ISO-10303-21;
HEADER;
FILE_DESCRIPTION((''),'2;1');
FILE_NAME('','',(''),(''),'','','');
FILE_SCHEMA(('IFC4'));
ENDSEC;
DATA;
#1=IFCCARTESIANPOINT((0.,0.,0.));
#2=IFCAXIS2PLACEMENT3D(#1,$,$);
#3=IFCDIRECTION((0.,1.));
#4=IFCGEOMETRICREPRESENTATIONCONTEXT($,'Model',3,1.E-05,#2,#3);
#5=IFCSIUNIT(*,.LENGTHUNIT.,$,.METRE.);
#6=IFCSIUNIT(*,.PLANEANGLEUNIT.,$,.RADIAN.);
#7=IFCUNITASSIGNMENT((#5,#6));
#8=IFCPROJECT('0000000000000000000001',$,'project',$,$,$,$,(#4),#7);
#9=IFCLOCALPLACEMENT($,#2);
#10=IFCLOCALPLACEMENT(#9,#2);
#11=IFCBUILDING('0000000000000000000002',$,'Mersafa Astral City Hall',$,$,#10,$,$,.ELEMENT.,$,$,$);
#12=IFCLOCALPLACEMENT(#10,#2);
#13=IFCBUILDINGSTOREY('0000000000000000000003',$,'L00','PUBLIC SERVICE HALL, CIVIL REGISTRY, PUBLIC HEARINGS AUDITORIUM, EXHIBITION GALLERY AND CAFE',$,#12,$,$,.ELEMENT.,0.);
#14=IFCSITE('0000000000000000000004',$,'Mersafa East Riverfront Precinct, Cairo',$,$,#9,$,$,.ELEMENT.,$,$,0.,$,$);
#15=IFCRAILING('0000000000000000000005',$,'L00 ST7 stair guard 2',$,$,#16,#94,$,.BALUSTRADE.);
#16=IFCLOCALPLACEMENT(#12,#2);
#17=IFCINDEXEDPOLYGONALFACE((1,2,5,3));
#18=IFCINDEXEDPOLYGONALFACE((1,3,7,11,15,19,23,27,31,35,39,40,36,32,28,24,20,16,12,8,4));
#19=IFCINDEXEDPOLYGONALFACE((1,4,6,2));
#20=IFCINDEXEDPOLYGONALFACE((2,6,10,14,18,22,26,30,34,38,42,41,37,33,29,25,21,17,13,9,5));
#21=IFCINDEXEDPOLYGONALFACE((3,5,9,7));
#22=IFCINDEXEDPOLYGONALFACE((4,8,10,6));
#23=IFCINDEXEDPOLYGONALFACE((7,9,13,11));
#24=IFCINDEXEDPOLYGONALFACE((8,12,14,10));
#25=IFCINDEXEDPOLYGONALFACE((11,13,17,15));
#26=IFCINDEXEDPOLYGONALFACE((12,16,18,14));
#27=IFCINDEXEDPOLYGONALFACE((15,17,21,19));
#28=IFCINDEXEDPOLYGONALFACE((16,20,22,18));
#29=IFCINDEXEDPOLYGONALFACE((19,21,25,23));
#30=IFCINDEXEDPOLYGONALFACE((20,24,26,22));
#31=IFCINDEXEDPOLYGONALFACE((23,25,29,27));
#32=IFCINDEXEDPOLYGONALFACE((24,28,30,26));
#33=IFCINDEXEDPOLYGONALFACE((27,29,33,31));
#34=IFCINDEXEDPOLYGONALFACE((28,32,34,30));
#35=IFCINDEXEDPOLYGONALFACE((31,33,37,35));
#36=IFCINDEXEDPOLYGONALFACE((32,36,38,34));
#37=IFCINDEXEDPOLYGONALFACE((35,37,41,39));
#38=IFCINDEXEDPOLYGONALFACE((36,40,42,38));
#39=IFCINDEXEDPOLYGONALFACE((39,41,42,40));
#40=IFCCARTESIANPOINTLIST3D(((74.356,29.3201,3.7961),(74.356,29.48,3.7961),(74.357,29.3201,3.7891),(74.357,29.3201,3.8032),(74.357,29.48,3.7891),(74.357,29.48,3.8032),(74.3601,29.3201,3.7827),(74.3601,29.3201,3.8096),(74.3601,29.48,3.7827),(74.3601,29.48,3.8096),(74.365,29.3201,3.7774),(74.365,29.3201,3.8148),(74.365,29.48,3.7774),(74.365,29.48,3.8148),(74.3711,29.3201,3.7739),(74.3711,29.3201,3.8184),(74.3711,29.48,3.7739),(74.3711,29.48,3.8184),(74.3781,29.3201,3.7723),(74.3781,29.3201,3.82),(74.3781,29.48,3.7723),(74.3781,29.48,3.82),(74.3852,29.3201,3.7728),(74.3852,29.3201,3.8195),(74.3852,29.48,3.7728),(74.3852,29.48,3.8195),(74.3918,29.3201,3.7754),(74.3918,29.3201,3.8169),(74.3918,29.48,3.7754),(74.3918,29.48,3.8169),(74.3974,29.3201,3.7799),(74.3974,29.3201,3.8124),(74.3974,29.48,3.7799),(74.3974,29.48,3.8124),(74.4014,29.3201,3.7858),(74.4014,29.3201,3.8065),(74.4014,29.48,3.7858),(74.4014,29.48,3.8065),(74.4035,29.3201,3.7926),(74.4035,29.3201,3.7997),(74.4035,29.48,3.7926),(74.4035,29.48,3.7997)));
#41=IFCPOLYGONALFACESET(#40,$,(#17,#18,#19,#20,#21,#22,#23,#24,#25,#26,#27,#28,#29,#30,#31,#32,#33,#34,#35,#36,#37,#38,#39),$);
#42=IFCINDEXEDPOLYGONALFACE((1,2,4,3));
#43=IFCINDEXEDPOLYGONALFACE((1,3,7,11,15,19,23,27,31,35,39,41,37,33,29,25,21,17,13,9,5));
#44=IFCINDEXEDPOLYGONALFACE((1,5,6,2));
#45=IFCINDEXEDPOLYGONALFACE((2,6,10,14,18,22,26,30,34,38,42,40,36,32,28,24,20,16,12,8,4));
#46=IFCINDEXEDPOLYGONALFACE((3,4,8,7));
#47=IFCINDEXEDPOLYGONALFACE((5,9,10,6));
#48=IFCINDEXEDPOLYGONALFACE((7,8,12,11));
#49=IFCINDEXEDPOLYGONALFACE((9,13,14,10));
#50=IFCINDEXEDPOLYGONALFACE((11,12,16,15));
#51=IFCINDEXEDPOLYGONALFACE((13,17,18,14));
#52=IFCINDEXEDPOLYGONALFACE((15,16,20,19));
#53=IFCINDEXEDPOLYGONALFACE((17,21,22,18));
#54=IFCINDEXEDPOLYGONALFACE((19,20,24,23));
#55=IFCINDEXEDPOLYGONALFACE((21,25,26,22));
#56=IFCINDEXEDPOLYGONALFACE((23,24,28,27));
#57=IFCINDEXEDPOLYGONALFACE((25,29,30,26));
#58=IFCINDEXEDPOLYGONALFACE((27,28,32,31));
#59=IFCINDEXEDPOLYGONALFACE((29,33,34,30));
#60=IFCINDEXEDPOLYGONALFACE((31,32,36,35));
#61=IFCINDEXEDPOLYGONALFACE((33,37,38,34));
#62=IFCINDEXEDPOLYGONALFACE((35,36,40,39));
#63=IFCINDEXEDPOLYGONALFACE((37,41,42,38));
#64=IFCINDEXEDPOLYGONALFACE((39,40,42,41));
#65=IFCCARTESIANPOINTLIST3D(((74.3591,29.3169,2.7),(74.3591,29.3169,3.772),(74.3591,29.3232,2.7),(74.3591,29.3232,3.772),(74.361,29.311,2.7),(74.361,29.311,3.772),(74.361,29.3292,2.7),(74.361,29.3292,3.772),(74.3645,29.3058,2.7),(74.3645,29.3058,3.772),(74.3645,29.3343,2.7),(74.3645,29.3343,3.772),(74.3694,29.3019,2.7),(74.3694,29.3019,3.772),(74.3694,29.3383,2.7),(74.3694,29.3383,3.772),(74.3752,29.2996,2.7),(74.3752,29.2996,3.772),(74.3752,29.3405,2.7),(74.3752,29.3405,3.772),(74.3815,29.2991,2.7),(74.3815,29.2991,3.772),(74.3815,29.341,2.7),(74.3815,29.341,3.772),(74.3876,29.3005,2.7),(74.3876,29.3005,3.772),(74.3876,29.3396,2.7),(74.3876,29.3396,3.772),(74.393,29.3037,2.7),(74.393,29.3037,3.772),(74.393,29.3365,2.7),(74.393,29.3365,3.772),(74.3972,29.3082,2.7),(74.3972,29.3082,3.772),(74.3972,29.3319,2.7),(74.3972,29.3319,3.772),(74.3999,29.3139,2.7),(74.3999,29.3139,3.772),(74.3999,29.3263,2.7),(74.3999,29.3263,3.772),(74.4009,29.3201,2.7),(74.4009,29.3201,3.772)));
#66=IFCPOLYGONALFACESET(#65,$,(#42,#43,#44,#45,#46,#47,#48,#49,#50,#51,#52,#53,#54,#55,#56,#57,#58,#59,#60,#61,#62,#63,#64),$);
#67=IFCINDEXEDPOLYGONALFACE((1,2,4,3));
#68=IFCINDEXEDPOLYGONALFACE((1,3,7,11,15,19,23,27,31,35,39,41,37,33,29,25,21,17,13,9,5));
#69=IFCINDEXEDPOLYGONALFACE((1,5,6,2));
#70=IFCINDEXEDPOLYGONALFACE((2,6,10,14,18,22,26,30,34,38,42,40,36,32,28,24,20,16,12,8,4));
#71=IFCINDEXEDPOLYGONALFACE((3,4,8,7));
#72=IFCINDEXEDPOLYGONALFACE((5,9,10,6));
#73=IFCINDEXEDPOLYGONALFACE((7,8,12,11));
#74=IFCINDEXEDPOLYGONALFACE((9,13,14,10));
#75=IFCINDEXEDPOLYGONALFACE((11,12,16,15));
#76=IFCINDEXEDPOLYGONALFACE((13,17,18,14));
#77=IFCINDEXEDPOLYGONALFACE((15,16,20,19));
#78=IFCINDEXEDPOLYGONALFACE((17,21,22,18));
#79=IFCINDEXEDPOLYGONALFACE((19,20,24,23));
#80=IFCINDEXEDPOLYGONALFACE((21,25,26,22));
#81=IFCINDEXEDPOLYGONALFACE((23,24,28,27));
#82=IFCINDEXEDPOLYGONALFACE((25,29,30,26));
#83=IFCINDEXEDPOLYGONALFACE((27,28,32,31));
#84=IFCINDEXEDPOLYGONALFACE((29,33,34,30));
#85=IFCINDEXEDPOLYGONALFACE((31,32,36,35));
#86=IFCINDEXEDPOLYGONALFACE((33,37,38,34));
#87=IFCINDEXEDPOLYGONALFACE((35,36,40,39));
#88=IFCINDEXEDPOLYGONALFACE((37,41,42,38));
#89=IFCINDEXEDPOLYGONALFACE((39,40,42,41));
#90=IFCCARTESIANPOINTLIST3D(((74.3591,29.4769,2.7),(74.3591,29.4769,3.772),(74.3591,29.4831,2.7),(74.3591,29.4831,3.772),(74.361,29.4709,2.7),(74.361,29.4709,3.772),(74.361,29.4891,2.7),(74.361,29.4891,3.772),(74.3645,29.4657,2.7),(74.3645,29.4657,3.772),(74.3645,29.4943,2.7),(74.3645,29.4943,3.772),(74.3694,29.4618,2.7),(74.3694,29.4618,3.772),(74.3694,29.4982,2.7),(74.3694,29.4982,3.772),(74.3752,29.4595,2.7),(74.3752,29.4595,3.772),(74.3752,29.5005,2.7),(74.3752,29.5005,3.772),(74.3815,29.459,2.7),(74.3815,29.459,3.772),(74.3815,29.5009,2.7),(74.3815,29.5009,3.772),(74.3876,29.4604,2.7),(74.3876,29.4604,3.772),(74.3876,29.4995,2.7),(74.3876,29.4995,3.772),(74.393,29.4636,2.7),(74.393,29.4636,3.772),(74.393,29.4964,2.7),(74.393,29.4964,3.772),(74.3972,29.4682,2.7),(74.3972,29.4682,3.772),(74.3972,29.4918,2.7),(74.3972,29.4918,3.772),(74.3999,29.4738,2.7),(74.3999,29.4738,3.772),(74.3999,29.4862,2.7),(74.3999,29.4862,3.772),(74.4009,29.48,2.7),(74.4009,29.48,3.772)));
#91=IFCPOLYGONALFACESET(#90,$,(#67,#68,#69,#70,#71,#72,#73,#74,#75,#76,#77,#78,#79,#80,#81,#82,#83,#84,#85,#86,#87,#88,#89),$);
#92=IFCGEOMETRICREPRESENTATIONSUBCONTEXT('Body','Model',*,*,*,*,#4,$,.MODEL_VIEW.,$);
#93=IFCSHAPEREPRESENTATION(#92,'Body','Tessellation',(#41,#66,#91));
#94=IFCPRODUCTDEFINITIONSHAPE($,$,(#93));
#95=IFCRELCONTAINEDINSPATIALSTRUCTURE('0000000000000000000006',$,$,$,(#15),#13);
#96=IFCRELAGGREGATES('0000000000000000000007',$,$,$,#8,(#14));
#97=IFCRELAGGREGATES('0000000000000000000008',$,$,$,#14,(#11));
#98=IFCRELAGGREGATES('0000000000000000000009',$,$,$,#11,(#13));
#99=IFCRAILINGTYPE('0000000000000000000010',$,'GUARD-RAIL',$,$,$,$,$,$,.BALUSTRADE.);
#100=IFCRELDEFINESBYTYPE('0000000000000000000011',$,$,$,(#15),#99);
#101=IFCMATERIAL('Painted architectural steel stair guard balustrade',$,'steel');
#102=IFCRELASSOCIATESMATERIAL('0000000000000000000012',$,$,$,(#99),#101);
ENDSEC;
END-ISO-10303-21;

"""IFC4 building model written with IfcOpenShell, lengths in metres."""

from ifc_helpers import new_model, si_unit, direction, frame, origin, origin_2d, place, context, subcontext, project, spatial, circle, extrude, material, type_object, element, save


model = new_model("IFC4")

# Units and contexts
model_context = context("Model", 3, precision=1e-05, world=origin(), true_north=direction((0.0, 1.0)))
body_context = subcontext(model_context, "Body", "Model", "MODEL_VIEW")
ifc_project = project(units=[si_unit("LENGTHUNIT", "METRE"), si_unit("PLANEANGLEUNIT", "RADIAN")], contexts=[model_context])

# Site, building, storey
site_placement = place(None, origin())
site = spatial("IfcSite", under=ifc_project, at=site_placement, Name="Mersafa East Riverfront Precinct, Cairo", CompositionType="ELEMENT", RefElevation=0.0)
building_placement = place(site_placement, origin())
building = spatial("IfcBuilding", under=site, at=building_placement, Name="Mersafa Astral City Hall", CompositionType="ELEMENT")
storey_placement = place(building_placement, origin())
storey = spatial("IfcBuildingStorey", under=building, at=storey_placement, Name="L00", Description="PUBLIC SERVICE HALL, CIVIL REGISTRY, PUBLIC HEARINGS AUDITORIUM, EXHIBITION GALLERY AND CAFE", CompositionType="ELEMENT", Elevation=0.0)

# Railing
ifc_material_1 = material(Name="Painted architectural steel stair guard balustrade", Category="steel")
railing_type_1 = type_object("IfcRailingType", Name="GUARD-RAIL", PredefinedType="BALUSTRADE", material=ifc_material_1)
railing_1_placement = place(storey_placement, frame((74.3799, 29.3201, 2.7)))
element("IfcRailing", 1, at=railing_1_placement, inside=storey, type_object=railing_type_1, Name="L00 ST7 stair guard 2", PredefinedType="BALUSTRADE", context=body_context, shape_type="SweptSolid", body=[
    extrude(circle(Radius=0.0239, at=origin_2d()), frame((0.0, 0.0, 1.0962), z_axis=(0.0, 1.0, 0.0), x_axis=(-1.0, 0.0, 0.0)), (0.0, 0.0, 1.0), 0.1599),
    extrude(circle(Radius=0.021, at=origin_2d()), origin(), (0.0, 0.0, 1.0), 1.072),
    extrude(circle(Radius=0.021, at=origin_2d()), frame((0.0, 0.1599, 0.0)), (0.0, 0.0, 1.0), 1.072),
])

save(model, "model.ifc")
